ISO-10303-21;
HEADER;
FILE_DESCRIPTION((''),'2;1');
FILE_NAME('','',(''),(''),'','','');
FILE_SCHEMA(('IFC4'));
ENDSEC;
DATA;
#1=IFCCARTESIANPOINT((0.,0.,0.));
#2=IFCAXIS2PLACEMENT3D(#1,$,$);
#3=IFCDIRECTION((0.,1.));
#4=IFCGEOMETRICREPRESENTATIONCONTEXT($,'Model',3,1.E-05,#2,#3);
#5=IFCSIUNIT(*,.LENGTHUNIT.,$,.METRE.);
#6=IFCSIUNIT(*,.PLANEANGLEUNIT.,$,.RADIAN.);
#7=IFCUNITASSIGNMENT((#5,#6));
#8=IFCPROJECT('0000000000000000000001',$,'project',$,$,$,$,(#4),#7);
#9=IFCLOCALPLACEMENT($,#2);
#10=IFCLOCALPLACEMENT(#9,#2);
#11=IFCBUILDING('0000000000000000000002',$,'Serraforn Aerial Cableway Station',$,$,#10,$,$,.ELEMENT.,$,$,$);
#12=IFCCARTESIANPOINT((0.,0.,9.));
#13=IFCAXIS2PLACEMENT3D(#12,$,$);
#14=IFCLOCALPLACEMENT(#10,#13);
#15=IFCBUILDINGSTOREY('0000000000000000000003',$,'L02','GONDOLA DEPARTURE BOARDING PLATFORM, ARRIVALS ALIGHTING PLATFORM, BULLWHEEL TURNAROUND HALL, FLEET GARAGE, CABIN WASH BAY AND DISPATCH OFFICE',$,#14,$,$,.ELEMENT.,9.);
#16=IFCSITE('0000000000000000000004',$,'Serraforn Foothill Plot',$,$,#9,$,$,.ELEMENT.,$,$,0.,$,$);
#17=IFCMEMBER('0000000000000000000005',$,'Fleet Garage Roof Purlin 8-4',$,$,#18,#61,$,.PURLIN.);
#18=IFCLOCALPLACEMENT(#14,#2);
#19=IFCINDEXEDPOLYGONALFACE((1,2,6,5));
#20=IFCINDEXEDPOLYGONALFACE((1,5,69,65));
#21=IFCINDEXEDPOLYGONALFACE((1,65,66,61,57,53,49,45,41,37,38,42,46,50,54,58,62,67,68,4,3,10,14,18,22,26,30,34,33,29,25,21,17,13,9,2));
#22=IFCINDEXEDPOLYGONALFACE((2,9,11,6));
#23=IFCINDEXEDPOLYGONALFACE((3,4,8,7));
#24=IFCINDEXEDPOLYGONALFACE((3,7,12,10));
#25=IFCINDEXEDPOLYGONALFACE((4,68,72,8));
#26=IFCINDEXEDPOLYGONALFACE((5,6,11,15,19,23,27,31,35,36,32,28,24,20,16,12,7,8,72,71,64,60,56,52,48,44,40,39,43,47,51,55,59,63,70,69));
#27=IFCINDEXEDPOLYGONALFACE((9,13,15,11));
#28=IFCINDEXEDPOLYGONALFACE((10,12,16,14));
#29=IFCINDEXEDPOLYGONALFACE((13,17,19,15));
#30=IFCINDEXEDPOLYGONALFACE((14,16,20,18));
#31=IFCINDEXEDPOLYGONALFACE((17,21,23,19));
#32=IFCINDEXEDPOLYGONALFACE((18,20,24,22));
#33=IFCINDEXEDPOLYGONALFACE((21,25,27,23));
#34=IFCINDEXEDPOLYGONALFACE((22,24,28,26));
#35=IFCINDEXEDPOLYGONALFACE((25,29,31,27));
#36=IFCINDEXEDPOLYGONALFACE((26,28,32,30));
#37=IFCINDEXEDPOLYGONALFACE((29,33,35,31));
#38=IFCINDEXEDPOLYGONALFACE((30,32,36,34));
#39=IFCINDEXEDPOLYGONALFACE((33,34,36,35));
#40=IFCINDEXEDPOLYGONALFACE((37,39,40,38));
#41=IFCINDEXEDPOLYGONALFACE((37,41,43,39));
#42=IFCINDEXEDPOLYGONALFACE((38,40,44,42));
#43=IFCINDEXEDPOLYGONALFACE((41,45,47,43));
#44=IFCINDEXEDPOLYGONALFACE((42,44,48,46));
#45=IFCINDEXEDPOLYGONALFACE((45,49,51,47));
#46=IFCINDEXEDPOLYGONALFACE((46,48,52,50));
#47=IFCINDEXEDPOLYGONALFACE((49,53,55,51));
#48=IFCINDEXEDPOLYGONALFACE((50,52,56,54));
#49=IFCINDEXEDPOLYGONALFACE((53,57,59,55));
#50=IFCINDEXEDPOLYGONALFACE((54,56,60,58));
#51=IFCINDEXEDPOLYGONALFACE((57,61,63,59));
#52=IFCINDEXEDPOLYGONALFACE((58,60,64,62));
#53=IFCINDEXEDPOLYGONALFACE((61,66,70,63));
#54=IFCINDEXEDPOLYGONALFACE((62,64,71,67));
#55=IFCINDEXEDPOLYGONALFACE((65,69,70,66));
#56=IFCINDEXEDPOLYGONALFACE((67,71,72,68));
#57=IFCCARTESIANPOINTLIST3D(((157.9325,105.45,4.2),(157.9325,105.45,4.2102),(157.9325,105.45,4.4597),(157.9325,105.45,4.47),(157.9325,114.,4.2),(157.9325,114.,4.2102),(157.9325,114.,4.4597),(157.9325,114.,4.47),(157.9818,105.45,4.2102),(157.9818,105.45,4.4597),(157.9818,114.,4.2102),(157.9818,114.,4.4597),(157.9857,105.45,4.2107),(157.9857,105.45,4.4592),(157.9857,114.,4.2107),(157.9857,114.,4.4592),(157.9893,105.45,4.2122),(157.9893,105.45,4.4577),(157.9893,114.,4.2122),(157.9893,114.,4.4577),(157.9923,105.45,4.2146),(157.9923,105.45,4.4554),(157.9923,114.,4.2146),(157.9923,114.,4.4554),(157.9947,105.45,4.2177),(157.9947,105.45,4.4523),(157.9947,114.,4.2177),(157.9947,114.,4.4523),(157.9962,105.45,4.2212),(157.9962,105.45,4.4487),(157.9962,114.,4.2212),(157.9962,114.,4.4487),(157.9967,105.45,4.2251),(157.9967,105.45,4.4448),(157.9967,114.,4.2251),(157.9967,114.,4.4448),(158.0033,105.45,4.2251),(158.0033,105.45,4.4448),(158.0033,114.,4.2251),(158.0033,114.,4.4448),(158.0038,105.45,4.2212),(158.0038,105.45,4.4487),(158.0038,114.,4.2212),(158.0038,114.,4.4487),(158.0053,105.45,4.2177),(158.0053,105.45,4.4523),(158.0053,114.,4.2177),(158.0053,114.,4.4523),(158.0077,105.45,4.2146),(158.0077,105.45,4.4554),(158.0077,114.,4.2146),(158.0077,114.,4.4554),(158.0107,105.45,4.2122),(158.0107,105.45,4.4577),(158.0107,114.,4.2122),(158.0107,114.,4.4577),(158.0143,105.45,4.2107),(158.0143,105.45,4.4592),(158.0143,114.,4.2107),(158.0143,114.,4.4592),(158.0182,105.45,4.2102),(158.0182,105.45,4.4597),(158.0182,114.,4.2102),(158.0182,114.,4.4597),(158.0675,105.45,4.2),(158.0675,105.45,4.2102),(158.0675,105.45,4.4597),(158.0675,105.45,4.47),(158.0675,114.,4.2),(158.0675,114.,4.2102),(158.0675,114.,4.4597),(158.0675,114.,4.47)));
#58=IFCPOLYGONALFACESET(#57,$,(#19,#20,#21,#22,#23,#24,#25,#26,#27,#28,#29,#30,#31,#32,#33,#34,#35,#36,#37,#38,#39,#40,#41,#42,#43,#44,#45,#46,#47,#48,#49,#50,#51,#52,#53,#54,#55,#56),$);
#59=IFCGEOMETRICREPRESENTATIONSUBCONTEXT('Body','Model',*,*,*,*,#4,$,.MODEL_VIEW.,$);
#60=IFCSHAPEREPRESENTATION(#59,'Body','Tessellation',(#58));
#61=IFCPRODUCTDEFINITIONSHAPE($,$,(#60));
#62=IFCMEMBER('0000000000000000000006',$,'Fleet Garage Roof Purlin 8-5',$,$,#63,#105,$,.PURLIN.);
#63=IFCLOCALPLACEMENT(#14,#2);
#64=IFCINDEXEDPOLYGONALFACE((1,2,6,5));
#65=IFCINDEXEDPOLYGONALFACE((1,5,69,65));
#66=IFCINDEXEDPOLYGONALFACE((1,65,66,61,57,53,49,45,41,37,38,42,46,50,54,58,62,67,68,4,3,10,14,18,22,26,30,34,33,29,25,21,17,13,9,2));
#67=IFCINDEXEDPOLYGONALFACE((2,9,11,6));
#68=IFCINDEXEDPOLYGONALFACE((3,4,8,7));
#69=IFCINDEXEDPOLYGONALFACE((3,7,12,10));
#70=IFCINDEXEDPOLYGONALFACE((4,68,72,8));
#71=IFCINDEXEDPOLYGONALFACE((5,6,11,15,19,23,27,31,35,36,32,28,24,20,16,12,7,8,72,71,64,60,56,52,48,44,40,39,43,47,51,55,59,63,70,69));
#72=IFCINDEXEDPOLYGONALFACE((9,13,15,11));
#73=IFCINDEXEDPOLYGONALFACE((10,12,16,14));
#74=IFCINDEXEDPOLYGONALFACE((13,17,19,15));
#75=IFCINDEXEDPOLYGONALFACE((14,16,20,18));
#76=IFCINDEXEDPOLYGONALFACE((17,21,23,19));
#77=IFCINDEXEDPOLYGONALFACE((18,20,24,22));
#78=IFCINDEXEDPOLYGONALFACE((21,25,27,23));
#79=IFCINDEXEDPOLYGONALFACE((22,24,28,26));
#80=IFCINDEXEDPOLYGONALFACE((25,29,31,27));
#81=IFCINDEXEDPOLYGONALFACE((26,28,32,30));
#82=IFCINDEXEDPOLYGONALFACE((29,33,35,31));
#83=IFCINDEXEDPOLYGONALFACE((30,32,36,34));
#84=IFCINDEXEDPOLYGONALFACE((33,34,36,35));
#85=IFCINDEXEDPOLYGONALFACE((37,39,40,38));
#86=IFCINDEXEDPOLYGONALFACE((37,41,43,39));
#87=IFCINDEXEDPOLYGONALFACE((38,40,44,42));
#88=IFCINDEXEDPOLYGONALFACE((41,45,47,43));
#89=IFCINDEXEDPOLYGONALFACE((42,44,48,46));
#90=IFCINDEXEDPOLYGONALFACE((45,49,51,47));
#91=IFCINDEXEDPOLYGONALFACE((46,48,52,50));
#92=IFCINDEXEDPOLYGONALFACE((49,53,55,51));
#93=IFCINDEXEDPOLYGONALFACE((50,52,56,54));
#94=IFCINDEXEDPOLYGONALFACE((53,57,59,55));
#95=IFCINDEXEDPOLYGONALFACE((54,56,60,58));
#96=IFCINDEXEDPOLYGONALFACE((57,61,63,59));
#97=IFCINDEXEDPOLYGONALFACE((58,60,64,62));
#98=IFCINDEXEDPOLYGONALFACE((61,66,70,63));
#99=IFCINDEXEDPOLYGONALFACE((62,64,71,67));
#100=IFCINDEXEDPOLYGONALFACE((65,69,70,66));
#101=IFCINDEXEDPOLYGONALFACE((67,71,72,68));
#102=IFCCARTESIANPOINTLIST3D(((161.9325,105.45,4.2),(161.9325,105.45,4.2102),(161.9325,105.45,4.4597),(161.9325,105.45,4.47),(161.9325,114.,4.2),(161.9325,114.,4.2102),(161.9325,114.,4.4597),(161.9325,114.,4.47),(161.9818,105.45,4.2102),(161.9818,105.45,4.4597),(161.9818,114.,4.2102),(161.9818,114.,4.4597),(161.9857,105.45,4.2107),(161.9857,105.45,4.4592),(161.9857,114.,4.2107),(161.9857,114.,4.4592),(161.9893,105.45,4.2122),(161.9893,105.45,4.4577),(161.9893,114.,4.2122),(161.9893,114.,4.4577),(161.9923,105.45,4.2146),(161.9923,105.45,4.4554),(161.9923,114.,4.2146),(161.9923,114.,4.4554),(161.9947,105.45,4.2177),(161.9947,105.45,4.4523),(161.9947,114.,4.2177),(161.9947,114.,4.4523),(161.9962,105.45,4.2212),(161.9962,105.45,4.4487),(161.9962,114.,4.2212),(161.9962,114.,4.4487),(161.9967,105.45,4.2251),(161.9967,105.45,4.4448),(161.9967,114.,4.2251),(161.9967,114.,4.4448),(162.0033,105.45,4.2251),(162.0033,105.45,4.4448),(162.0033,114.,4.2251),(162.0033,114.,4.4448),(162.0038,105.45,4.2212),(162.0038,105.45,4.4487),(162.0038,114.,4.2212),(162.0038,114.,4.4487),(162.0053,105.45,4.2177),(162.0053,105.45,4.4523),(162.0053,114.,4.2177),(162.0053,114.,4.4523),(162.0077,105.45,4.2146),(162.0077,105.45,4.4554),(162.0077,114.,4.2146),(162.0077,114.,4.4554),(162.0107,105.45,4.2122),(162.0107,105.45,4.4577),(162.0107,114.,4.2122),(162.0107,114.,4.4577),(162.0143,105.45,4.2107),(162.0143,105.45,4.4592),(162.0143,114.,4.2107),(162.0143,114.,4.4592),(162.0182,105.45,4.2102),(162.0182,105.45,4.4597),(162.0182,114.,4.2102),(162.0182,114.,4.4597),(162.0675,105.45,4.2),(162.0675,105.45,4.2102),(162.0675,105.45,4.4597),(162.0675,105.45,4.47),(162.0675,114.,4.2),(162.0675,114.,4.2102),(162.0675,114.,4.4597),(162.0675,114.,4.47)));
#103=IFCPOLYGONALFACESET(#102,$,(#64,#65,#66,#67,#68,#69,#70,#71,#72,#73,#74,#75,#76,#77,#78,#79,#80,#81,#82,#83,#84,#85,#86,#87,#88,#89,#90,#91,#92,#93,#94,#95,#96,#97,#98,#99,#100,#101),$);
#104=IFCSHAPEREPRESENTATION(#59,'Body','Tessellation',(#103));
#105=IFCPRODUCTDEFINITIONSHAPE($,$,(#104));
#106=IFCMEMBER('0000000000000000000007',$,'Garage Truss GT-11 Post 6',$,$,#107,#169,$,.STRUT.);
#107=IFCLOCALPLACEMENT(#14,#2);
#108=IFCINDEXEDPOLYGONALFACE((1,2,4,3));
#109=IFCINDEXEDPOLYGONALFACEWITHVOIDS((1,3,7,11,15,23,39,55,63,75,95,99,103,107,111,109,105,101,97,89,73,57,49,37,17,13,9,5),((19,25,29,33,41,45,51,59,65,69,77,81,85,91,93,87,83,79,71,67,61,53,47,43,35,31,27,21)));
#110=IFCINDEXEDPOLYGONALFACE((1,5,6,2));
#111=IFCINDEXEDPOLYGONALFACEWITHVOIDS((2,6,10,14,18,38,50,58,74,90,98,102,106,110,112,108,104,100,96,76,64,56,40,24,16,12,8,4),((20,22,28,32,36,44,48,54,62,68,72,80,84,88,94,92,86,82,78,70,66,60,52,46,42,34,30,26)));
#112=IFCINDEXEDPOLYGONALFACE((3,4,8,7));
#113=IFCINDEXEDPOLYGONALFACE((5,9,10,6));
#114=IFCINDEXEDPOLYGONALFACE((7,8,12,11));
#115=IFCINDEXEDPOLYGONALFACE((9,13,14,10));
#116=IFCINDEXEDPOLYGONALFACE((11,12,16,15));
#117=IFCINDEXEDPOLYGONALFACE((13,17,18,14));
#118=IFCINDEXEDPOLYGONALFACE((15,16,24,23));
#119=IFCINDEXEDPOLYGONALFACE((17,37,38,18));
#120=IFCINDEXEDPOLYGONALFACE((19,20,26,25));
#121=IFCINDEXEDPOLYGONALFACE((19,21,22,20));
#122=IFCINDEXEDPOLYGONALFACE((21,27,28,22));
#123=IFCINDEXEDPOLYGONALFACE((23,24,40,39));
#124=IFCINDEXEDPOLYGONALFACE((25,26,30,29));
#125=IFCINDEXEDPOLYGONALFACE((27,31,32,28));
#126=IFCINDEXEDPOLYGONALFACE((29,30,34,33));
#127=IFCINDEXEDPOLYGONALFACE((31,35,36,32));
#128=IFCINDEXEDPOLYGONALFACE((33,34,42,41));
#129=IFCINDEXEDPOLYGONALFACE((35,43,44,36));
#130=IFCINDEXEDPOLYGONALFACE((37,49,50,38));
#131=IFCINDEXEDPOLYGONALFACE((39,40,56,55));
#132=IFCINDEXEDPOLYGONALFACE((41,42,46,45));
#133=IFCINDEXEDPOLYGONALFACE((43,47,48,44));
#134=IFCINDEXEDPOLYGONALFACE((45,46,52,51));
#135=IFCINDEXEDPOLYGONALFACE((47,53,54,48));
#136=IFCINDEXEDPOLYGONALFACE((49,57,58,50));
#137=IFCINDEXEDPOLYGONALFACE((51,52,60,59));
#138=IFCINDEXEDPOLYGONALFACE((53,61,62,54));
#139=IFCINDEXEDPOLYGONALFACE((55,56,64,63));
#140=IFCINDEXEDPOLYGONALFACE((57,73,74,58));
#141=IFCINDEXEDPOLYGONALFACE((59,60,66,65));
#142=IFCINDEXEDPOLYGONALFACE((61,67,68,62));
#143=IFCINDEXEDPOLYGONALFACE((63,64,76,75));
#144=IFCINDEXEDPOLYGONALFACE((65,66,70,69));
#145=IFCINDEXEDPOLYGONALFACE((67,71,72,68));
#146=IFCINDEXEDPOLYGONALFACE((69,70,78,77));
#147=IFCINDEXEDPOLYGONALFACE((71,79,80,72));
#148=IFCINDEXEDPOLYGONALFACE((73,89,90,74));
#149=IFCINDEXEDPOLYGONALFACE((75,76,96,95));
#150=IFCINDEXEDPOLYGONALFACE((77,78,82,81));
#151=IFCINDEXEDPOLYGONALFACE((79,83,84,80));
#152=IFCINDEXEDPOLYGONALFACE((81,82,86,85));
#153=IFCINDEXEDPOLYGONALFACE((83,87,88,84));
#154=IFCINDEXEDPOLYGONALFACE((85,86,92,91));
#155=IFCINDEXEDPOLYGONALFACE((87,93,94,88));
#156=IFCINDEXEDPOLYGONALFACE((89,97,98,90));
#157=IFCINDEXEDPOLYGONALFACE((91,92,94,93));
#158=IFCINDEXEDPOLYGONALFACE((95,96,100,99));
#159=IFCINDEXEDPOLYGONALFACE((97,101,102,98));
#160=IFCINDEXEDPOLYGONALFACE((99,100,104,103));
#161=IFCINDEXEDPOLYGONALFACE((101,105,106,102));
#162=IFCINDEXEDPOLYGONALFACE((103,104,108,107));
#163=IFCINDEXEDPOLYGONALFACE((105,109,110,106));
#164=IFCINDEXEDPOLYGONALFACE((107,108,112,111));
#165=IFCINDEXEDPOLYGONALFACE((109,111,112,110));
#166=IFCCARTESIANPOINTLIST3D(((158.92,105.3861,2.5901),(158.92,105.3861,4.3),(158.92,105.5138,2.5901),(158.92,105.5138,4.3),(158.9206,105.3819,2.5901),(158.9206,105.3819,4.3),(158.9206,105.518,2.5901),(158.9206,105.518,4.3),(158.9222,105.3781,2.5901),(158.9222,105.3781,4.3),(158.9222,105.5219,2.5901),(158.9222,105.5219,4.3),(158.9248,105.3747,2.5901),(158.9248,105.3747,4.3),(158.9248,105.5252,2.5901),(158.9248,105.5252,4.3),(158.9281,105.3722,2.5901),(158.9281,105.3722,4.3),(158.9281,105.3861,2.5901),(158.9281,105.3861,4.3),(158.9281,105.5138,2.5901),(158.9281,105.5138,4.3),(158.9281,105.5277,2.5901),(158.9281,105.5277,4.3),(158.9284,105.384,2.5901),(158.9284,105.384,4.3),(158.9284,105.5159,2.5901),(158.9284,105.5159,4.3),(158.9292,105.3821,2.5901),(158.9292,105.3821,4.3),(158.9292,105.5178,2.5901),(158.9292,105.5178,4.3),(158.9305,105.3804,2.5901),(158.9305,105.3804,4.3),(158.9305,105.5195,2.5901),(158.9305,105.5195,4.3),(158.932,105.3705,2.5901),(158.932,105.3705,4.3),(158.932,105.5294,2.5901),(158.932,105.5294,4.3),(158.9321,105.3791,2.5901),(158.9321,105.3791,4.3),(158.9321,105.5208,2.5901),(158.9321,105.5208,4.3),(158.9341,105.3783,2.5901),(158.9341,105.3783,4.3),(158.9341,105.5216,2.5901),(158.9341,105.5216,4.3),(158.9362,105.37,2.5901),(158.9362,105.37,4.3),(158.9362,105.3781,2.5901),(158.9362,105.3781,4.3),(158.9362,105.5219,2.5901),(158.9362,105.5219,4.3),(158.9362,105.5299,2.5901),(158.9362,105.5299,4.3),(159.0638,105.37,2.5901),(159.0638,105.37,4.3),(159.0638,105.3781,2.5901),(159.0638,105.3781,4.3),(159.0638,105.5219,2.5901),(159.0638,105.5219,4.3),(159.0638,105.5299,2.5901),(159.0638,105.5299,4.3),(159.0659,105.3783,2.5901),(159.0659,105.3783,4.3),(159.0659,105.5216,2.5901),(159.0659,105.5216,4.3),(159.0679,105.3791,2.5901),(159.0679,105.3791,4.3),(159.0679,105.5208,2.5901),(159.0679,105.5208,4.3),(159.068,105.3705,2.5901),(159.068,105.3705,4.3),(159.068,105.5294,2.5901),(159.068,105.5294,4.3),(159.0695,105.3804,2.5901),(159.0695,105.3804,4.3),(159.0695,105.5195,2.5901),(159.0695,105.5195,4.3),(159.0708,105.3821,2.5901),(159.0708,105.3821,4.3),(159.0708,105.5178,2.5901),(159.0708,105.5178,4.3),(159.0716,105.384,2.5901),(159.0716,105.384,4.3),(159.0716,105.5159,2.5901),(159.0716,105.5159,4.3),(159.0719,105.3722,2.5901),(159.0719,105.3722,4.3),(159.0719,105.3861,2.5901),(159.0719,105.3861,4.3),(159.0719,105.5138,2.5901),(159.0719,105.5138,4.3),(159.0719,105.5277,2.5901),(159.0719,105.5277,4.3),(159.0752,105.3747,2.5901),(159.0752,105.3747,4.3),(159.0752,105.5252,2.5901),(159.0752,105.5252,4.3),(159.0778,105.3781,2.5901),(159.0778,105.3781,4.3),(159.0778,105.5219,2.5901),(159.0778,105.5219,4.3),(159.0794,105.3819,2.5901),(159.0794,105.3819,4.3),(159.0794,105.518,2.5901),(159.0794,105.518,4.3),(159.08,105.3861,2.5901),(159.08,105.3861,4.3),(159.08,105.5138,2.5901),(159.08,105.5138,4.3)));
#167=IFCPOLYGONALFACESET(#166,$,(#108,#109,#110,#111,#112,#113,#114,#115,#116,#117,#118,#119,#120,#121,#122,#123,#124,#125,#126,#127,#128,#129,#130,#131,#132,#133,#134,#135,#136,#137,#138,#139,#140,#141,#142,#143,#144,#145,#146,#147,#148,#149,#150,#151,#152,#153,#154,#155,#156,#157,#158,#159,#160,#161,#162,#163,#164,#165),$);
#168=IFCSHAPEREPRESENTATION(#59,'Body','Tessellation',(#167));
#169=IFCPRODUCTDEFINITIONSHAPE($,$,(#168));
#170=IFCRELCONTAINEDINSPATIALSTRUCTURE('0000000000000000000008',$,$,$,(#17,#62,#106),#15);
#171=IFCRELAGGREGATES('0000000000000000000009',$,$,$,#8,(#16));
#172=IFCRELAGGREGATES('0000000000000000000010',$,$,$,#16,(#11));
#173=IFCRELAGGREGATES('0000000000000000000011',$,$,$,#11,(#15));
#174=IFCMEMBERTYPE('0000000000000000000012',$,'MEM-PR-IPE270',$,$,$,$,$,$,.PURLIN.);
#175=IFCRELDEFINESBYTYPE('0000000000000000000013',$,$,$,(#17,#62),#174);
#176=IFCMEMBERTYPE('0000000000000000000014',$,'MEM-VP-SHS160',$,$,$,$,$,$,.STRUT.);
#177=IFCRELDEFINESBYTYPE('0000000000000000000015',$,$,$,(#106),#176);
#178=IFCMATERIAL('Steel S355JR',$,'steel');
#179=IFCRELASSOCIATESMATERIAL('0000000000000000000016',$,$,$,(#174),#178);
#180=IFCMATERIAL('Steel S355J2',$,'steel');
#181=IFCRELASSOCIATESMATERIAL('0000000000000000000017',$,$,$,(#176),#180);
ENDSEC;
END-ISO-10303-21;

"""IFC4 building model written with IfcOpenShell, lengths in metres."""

from ifc_helpers import new_model, si_unit, direction, frame, origin, origin_2d, place, context, subcontext, project, spatial, hollow_rectangle, i_section, extrude, material, material_profile, profile_set, type_object, element, save


model = new_model("IFC4")

# Units and contexts
model_context = context("Model", 3, precision=1e-05, world=origin(), true_north=direction((0.0, 1.0)))
body_context = subcontext(model_context, "Body", "Model", "MODEL_VIEW")
ifc_project = project(units=[si_unit("LENGTHUNIT", "METRE"), si_unit("PLANEANGLEUNIT", "RADIAN")], contexts=[model_context])

# Site, building, storey
site_placement = place(None, origin())
site = spatial("IfcSite", under=ifc_project, at=site_placement, Name="Serraforn Foothill Plot", CompositionType="ELEMENT", RefElevation=0.0)
building_placement = place(site_placement, origin())
building = spatial("IfcBuilding", under=site, at=building_placement, Name="Serraforn Aerial Cableway Station", CompositionType="ELEMENT")
storey_placement = place(building_placement, frame((0.0, 0.0, 9.0)))
storey = spatial("IfcBuildingStorey", under=building, at=storey_placement, Name="L02", Description="GONDOLA DEPARTURE BOARDING PLATFORM, ARRIVALS ALIGHTING PLATFORM, BULLWHEEL TURNAROUND HALL, FLEET GARAGE, CABIN WASH BAY AND DISPATCH OFFICE", CompositionType="ELEMENT", Elevation=9.0)

# Shared definitions
ifc_material_1 = material(Name="Steel S355J2", Category="steel")

# Members
ifc_material_2 = material(Name="Steel S355JR", Category="steel")
ifc_material_profile_1 = material_profile(ifc_material_2, i_section(OverallWidth=0.135, OverallDepth=0.27, WebThickness=0.0066, FlangeThickness=0.0103, FilletRadius=0.0149, at=origin_2d()), Name="IPE 270")
ifc_profile_set_1 = profile_set([ifc_material_profile_1], Name="Steel S355JR")
member_type_1 = type_object("IfcMemberType", Name="MEM-PR-IPE270", PredefinedType="PURLIN", material=ifc_profile_set_1)
for number, where, z_axis, x_axis, name in (
    (1, (158.0, 105.45, 4.335), (0.0, 1.0, 0.0), (-1.0, 0.0, 0.0), "Fleet Garage Roof Purlin 8-4"),
    (2, (162.0, 105.45, 4.335), (0.0, 1.0, 0.0), (-1.0, 0.0, 0.0), "Fleet Garage Roof Purlin 8-5"),
):
    element("IfcMember", number, at=place(storey_placement, frame(where, z_axis=z_axis, x_axis=x_axis)), inside=storey, type_object=member_type_1, Name=name, PredefinedType="PURLIN", context=body_context, shape_type="SweptSolid", body=[
        extrude(i_section(OverallWidth=0.135, OverallDepth=0.27, WebThickness=0.0066, FlangeThickness=0.0103, FilletRadius=0.0149, at=origin_2d()), origin(), (0.0, 0.0, 1.0), 8.55),
    ])
ifc_material_profile_2 = material_profile(ifc_material_1, hollow_rectangle(XDim=0.1599, YDim=0.1599, WallThickness=0.0081, InnerFilletRadius=0.0081, OuterFilletRadius=0.0161, at=origin_2d()), Name="SHS 160x160x8.0")
ifc_profile_set_2 = profile_set([ifc_material_profile_2], Name="Steel S355J2")
member_type_2 = type_object("IfcMemberType", Name="MEM-VP-SHS160", PredefinedType="STRUT", material=ifc_profile_set_2)
for number, where, z_axis, x_axis, name in (
    (3, (159.0, 105.45, 2.5901), (0.0, 0.0, 1.0), (1.0, 0.0, 0.0), "Garage Truss GT-11 Post 6"),
):
    element("IfcMember", number, at=place(storey_placement, frame(where, z_axis=z_axis, x_axis=x_axis)), inside=storey, type_object=member_type_2, Name=name, PredefinedType="STRUT", context=body_context, shape_type="SweptSolid", body=[
        extrude(hollow_rectangle(XDim=0.1599, YDim=0.1599, WallThickness=0.0081, InnerFilletRadius=0.0081, OuterFilletRadius=0.0161, at=origin_2d()), origin(), (0.0, 0.0, 1.0), 1.71),
    ])

save(model, "model.ifc")
